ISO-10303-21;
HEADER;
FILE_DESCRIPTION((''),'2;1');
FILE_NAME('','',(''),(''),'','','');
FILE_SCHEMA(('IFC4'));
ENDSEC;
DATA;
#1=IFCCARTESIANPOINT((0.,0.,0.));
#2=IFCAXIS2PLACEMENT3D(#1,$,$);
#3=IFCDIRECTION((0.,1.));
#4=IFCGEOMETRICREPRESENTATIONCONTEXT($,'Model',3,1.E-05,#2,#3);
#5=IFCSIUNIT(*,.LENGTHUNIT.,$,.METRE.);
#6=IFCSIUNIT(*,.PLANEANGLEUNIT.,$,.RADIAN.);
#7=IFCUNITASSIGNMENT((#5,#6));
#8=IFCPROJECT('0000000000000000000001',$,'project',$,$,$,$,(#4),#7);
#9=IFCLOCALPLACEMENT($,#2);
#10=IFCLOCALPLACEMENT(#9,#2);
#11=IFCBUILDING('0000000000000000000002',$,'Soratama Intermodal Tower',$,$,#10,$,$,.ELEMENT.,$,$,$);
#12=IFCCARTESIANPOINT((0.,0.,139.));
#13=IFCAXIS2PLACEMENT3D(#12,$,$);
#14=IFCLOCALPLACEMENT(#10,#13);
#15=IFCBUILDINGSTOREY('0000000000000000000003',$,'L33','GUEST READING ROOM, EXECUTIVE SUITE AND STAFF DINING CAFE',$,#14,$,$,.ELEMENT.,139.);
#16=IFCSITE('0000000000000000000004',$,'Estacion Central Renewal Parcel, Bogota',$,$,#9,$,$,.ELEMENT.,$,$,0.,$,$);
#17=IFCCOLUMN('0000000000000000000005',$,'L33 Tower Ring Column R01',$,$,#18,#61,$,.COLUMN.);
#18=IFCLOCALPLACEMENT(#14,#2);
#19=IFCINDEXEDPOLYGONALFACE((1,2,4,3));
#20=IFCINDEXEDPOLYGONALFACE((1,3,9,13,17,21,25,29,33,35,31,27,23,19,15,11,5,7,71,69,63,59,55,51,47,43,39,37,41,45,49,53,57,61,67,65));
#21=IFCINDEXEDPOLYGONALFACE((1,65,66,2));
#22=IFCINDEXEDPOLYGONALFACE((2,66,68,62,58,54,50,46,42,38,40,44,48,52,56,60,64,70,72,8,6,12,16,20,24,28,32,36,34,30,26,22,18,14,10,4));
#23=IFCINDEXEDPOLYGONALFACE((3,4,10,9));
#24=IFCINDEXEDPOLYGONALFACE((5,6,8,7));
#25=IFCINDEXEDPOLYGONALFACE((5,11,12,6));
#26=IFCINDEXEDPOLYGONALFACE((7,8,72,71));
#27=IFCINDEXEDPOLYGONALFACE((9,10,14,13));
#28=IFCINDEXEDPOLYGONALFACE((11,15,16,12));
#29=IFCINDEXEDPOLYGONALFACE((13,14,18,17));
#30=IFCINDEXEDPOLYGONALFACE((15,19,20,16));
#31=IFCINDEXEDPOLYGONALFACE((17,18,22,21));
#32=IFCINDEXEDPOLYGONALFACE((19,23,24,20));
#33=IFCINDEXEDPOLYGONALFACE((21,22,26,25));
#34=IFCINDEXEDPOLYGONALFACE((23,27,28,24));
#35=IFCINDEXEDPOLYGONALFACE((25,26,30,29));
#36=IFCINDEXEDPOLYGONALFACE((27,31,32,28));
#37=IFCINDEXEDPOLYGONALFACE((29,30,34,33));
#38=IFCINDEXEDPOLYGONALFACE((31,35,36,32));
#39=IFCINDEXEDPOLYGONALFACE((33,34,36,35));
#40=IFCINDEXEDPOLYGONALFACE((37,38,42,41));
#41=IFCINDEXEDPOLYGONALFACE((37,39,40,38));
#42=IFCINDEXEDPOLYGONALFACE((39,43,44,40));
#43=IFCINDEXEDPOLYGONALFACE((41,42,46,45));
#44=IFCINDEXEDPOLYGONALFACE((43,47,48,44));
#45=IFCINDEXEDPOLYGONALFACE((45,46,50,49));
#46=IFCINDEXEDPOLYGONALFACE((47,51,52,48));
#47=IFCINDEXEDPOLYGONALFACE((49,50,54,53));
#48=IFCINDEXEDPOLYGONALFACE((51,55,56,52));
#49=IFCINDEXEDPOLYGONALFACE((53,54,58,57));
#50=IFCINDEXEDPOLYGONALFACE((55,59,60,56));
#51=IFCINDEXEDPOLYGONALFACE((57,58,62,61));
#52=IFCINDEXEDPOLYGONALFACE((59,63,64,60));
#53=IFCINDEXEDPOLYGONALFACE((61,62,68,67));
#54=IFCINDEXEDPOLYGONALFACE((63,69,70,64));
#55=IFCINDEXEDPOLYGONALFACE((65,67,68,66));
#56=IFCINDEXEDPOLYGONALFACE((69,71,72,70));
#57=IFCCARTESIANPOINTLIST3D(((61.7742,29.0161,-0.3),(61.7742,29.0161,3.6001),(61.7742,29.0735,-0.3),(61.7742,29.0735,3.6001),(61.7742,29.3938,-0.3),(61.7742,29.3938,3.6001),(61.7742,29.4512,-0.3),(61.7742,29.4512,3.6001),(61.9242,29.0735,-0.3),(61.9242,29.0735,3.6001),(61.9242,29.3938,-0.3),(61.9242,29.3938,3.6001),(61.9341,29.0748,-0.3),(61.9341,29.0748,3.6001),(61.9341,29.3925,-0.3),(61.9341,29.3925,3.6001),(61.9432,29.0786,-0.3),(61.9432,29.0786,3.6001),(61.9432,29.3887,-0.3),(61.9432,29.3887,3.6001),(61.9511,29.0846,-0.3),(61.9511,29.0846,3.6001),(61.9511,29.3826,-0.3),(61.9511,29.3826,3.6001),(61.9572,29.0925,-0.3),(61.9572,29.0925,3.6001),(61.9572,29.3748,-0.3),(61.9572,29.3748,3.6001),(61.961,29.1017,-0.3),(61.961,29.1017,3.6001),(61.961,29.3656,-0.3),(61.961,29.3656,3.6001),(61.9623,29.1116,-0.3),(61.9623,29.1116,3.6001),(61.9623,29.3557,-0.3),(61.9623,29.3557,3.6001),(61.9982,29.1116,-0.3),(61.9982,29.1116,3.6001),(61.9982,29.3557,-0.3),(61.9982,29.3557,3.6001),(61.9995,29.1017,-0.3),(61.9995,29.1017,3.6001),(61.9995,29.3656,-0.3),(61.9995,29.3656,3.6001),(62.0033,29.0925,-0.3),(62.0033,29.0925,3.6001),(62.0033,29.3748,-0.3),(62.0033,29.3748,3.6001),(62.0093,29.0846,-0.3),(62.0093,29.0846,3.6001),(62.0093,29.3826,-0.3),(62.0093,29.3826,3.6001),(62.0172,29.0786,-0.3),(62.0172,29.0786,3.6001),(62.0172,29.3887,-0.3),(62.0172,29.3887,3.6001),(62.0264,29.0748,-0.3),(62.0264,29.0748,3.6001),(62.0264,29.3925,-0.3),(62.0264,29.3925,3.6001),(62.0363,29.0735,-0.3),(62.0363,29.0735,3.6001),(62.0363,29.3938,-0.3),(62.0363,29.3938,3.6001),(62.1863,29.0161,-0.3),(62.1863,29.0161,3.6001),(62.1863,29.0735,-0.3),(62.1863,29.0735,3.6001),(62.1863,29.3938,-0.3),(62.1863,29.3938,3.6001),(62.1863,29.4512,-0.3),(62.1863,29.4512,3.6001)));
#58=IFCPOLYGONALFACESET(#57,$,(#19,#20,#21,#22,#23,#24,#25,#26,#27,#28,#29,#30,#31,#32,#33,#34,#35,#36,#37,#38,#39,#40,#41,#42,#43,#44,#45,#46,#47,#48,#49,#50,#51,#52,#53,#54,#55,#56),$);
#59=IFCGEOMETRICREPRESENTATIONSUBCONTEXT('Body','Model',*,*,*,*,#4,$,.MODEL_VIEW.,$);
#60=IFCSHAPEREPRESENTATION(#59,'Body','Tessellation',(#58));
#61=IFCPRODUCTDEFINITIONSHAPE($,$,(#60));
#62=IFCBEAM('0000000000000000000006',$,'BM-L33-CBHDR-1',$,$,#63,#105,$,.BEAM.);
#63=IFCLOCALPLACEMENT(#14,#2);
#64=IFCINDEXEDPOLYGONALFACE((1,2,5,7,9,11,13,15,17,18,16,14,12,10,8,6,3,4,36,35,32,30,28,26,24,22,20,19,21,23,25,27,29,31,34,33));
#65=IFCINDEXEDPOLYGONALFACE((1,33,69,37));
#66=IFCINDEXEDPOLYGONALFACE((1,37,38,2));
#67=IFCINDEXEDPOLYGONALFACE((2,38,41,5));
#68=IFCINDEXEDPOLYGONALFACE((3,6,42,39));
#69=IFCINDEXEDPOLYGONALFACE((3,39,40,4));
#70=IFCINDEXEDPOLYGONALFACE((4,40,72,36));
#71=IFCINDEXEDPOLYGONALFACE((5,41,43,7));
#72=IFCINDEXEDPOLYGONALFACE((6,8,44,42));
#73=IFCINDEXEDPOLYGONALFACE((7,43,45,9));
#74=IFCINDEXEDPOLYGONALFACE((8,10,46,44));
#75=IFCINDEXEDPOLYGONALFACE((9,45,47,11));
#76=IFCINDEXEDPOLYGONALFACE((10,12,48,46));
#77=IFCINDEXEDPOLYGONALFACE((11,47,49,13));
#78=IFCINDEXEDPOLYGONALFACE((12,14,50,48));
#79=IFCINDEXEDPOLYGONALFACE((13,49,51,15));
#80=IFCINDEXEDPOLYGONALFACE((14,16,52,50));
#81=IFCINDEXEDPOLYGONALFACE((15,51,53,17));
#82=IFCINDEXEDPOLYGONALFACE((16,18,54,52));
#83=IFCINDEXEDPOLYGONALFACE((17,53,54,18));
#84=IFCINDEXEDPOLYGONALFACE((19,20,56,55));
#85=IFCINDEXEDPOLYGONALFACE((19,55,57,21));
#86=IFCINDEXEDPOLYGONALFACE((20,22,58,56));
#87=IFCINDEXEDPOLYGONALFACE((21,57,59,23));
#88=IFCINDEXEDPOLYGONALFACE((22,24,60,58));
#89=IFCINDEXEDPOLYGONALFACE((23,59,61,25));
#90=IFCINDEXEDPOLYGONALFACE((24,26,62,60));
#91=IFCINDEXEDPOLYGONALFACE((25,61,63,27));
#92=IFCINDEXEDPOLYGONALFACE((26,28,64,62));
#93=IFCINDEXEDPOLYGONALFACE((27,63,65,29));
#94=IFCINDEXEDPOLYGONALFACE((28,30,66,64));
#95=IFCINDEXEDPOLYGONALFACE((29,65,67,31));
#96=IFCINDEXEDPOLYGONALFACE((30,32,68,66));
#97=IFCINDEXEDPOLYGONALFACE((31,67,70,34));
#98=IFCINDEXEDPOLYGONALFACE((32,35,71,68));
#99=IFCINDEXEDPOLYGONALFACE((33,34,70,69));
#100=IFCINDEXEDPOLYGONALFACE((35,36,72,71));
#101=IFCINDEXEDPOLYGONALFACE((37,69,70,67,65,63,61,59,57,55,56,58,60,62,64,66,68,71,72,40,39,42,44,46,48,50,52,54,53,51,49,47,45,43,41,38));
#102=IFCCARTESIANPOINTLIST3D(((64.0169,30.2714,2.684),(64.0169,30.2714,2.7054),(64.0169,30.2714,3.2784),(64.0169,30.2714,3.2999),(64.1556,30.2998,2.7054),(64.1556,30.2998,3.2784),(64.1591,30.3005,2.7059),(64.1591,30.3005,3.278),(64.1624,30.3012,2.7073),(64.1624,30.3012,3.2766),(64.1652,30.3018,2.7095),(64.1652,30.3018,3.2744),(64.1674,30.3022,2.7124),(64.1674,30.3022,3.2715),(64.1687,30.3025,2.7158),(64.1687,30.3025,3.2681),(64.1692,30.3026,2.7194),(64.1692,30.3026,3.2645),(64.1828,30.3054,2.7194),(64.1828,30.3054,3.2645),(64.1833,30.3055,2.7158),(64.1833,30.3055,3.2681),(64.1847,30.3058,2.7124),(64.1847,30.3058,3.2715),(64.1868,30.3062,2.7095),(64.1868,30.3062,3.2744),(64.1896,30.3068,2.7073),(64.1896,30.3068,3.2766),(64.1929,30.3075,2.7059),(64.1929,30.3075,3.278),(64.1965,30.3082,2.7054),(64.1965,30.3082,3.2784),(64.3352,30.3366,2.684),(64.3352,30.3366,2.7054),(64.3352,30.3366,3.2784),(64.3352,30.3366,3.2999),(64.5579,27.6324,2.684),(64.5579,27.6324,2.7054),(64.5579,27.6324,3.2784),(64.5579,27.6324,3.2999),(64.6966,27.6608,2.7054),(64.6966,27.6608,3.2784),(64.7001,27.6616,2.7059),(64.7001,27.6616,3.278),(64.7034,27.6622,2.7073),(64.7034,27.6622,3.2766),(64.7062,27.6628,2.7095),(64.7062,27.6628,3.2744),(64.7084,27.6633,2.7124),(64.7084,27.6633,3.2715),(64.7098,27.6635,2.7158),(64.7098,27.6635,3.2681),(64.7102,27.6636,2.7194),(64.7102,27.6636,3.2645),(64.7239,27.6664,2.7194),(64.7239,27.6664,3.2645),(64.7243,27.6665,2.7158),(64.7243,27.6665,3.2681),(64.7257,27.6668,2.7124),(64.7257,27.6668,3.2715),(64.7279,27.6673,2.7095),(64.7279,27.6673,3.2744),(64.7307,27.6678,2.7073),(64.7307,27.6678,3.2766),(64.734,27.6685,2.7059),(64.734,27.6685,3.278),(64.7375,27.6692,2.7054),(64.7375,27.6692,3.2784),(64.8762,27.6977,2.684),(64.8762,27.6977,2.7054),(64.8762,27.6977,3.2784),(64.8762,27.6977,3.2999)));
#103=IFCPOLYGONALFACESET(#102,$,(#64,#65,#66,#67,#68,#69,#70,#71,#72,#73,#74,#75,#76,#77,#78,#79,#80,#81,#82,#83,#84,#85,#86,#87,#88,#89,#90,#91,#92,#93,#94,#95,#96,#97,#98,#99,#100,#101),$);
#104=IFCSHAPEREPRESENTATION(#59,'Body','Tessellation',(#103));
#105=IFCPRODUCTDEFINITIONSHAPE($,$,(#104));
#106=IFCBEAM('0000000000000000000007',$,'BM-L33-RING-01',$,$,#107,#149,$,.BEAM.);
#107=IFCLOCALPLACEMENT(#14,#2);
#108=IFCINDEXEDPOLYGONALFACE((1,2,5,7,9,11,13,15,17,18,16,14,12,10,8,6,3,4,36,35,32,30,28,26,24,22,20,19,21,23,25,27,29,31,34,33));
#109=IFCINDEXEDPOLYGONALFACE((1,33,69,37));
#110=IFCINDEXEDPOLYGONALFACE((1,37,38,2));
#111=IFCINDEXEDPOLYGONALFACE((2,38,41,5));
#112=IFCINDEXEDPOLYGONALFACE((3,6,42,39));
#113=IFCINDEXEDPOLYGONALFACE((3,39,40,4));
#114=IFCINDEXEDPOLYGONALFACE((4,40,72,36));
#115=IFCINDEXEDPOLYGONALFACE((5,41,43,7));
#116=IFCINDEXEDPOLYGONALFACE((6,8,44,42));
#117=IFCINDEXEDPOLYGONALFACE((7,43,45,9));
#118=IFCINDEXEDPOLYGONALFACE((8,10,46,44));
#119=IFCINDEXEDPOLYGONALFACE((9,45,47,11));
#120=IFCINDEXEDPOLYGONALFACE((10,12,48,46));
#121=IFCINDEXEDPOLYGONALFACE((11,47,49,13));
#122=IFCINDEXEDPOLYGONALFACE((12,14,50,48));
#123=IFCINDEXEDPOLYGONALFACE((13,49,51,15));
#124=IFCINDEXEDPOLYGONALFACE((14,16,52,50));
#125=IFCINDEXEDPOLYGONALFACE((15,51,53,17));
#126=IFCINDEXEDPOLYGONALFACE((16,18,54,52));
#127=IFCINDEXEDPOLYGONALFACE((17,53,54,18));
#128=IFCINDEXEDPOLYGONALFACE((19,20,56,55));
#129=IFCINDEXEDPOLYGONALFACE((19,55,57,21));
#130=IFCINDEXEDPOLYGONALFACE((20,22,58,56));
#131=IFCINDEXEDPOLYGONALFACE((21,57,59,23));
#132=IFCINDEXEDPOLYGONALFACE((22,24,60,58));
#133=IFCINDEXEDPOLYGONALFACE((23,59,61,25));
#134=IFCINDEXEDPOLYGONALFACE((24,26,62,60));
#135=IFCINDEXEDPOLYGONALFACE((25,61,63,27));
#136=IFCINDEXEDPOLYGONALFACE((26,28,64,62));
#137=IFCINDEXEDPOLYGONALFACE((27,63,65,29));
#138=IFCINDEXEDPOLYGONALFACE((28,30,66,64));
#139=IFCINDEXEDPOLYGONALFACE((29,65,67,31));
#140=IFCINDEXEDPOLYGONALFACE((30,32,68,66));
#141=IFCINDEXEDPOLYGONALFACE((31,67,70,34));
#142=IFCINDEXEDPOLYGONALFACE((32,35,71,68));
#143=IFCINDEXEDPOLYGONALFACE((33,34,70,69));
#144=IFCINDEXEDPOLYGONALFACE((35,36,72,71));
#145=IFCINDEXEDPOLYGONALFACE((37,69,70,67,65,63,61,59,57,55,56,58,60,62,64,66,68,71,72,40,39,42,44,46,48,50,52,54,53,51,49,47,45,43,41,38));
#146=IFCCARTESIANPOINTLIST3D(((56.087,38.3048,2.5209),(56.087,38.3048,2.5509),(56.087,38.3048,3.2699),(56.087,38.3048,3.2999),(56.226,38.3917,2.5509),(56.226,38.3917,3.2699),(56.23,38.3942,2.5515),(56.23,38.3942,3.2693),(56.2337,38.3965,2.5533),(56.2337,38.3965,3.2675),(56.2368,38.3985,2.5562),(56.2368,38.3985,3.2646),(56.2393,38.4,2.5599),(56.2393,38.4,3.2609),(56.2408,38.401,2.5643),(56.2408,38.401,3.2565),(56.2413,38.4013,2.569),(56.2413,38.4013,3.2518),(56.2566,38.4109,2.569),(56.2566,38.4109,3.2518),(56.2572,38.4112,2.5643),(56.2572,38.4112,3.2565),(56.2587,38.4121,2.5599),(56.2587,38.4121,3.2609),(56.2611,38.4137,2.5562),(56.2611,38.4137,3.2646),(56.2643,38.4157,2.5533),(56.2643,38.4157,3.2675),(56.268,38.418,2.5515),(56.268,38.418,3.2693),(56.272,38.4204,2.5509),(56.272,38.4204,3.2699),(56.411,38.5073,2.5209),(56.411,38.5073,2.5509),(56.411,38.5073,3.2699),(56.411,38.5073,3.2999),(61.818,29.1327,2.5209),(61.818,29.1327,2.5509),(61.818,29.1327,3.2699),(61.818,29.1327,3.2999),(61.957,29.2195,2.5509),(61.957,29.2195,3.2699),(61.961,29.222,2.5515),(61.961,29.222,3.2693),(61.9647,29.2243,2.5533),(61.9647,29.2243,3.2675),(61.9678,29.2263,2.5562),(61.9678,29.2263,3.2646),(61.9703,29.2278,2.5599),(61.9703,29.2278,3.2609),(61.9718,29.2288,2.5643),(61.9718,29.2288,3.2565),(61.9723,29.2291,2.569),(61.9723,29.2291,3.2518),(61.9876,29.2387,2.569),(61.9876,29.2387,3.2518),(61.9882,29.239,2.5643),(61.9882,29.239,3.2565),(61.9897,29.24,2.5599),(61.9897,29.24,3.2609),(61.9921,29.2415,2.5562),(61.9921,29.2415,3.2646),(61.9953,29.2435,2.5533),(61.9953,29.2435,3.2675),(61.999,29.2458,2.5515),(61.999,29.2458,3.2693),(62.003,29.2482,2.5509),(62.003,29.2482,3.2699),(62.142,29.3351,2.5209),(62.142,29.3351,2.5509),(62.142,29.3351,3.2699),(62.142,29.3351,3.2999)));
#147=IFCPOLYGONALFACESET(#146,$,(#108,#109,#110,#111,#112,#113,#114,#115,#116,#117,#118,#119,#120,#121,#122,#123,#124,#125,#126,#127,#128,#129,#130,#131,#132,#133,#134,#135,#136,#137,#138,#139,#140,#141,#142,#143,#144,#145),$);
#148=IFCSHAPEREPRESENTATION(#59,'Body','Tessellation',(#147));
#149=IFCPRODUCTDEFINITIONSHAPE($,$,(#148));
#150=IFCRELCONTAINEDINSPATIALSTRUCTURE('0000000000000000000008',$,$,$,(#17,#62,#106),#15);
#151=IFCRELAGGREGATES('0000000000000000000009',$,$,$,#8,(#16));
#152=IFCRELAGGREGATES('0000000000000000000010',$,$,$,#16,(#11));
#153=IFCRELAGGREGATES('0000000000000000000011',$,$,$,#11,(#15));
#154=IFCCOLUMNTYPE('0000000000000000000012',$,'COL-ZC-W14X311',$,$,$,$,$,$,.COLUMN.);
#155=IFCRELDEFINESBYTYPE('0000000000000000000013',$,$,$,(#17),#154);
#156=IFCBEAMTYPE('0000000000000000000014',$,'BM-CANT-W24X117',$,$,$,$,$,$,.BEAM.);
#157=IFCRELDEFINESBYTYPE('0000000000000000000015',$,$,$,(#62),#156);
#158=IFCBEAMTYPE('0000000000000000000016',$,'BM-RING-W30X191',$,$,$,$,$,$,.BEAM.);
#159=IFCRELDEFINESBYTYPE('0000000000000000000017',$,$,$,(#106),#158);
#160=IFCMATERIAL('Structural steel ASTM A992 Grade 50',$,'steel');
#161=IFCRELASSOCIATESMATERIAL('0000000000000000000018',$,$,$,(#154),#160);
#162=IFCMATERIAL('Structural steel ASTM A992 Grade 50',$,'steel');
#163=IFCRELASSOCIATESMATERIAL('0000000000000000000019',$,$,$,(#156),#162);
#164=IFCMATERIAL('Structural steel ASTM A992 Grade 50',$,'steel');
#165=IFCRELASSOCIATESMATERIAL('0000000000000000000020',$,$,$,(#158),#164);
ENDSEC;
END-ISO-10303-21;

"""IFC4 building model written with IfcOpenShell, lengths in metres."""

from ifc_helpers import new_model, si_unit, direction, frame, origin, origin_2d, place, context, subcontext, project, spatial, i_section, extrude, material, material_profile, profile_set, type_object, element, save


model = new_model("IFC4")

# Units and contexts
model_context = context("Model", 3, precision=1e-05, world=origin(), true_north=direction((0.0, 1.0)))
body_context = subcontext(model_context, "Body", "Model", "MODEL_VIEW")
ifc_project = project(units=[si_unit("LENGTHUNIT", "METRE"), si_unit("PLANEANGLEUNIT", "RADIAN")], contexts=[model_context])

# Site, building, storey
site_placement = place(None, origin())
site = spatial("IfcSite", under=ifc_project, at=site_placement, Name="Estacion Central Renewal Parcel, Bogota", CompositionType="ELEMENT", RefElevation=0.0)
building_placement = place(site_placement, origin())
building = spatial("IfcBuilding", under=site, at=building_placement, Name="Soratama Intermodal Tower", CompositionType="ELEMENT")
storey_placement = place(building_placement, frame((0.0, 0.0, 139.0)))
storey = spatial("IfcBuildingStorey", under=building, at=storey_placement, Name="L33", Description="GUEST READING ROOM, EXECUTIVE SUITE AND STAFF DINING CAFE", CompositionType="ELEMENT", Elevation=139.0)

# Column
ifc_material_1 = material(Name="Structural steel ASTM A992 Grade 50", Category="steel")
ifc_material_profile_1 = material_profile(ifc_material_1, i_section(OverallWidth=0.4121, OverallDepth=0.4351, WebThickness=0.0359, FlangeThickness=0.0574, FilletRadius=0.0381, at=origin_2d()), Name="W14X311")
ifc_profile_set_1 = profile_set([ifc_material_profile_1], Name="Structural steel ASTM A992 Grade 50")
column_type = type_object("IfcColumnType", Name="COL-ZC-W14X311", PredefinedType="COLUMN", material=ifc_profile_set_1)
column_placement = place(storey_placement, frame((61.9802, 29.2336, -0.3), z_axis=(0.0, 0.0, 1.0), x_axis=(1.0, 0.0, 0.0)))
element("IfcColumn", 1, at=column_placement, inside=storey, type_object=column_type, Name="L33 Tower Ring Column R01", PredefinedType="COLUMN", context=body_context, shape_type="SweptSolid", body=[
    extrude(i_section(OverallWidth=0.4121, OverallDepth=0.4351, WebThickness=0.0359, FlangeThickness=0.0574, FilletRadius=0.0381, at=origin_2d()), origin(), (0.0, 0.0, 1.0), 3.9001),
])

# Beams
ifc_material_2 = material(Name="Structural steel ASTM A992 Grade 50", Category="steel")
ifc_material_profile_2 = material_profile(ifc_material_2, i_section(OverallWidth=0.325, OverallDepth=0.616, WebThickness=0.0139, FlangeThickness=0.0215, FilletRadius=0.0139, at=origin_2d()), Name="W24X117")
ifc_profile_set_2 = profile_set([ifc_material_profile_2], Name="Structural steel ASTM A992 Grade 50")
beam_type_1 = type_object("IfcBeamType", Name="BM-CANT-W24X117", PredefinedType="BEAM", material=ifc_profile_set_2)
beam_1_placement = place(storey_placement, frame((64.717, 27.665, 2.9919), z_axis=(-0.200837, 0.979625, 0.0), x_axis=(-0.979625, -0.200837, 0.0)))
element("IfcBeam", 2, at=beam_1_placement, inside=storey, type_object=beam_type_1, Name="BM-L33-CBHDR-1", PredefinedType="BEAM", context=body_context, shape_type="SweptSolid", body=[
    extrude(i_section(OverallWidth=0.325, OverallDepth=0.616, WebThickness=0.0139, FlangeThickness=0.0215, FilletRadius=0.0139, at=origin_2d()), origin(), (0.0, 0.0, 1.0), 2.6938),
])
ifc_material_3 = material(Name="Structural steel ASTM A992 Grade 50", Category="steel")
ifc_material_profile_3 = material_profile(ifc_material_3, i_section(OverallWidth=0.3821, OverallDepth=0.7791, WebThickness=0.0181, FlangeThickness=0.03, FilletRadius=0.0181, at=origin_2d()), Name="W30X191")
ifc_profile_set_3 = profile_set([ifc_material_profile_3], Name="Structural steel ASTM A992 Grade 50")
beam_type_2 = type_object("IfcBeamType", Name="BM-RING-W30X191", PredefinedType="BEAM", material=ifc_profile_set_3)
beam_2_placement = place(storey_placement, frame((61.98, 29.2339, 2.9104), z_axis=(-0.529891, 0.848066, 0.0), x_axis=(-0.848066, -0.529891, 0.0)))
element("IfcBeam", 3, at=beam_2_placement, inside=storey, type_object=beam_type_2, Name="BM-L33-RING-01", PredefinedType="BEAM", context=body_context, shape_type="SweptSolid", body=[
    extrude(i_section(OverallWidth=0.3821, OverallDepth=0.7791, WebThickness=0.0181, FlangeThickness=0.03, FilletRadius=0.0181, at=origin_2d()), origin(), (0.0, 0.0, 1.0), 10.8154),
])

save(model, "model.ifc")
